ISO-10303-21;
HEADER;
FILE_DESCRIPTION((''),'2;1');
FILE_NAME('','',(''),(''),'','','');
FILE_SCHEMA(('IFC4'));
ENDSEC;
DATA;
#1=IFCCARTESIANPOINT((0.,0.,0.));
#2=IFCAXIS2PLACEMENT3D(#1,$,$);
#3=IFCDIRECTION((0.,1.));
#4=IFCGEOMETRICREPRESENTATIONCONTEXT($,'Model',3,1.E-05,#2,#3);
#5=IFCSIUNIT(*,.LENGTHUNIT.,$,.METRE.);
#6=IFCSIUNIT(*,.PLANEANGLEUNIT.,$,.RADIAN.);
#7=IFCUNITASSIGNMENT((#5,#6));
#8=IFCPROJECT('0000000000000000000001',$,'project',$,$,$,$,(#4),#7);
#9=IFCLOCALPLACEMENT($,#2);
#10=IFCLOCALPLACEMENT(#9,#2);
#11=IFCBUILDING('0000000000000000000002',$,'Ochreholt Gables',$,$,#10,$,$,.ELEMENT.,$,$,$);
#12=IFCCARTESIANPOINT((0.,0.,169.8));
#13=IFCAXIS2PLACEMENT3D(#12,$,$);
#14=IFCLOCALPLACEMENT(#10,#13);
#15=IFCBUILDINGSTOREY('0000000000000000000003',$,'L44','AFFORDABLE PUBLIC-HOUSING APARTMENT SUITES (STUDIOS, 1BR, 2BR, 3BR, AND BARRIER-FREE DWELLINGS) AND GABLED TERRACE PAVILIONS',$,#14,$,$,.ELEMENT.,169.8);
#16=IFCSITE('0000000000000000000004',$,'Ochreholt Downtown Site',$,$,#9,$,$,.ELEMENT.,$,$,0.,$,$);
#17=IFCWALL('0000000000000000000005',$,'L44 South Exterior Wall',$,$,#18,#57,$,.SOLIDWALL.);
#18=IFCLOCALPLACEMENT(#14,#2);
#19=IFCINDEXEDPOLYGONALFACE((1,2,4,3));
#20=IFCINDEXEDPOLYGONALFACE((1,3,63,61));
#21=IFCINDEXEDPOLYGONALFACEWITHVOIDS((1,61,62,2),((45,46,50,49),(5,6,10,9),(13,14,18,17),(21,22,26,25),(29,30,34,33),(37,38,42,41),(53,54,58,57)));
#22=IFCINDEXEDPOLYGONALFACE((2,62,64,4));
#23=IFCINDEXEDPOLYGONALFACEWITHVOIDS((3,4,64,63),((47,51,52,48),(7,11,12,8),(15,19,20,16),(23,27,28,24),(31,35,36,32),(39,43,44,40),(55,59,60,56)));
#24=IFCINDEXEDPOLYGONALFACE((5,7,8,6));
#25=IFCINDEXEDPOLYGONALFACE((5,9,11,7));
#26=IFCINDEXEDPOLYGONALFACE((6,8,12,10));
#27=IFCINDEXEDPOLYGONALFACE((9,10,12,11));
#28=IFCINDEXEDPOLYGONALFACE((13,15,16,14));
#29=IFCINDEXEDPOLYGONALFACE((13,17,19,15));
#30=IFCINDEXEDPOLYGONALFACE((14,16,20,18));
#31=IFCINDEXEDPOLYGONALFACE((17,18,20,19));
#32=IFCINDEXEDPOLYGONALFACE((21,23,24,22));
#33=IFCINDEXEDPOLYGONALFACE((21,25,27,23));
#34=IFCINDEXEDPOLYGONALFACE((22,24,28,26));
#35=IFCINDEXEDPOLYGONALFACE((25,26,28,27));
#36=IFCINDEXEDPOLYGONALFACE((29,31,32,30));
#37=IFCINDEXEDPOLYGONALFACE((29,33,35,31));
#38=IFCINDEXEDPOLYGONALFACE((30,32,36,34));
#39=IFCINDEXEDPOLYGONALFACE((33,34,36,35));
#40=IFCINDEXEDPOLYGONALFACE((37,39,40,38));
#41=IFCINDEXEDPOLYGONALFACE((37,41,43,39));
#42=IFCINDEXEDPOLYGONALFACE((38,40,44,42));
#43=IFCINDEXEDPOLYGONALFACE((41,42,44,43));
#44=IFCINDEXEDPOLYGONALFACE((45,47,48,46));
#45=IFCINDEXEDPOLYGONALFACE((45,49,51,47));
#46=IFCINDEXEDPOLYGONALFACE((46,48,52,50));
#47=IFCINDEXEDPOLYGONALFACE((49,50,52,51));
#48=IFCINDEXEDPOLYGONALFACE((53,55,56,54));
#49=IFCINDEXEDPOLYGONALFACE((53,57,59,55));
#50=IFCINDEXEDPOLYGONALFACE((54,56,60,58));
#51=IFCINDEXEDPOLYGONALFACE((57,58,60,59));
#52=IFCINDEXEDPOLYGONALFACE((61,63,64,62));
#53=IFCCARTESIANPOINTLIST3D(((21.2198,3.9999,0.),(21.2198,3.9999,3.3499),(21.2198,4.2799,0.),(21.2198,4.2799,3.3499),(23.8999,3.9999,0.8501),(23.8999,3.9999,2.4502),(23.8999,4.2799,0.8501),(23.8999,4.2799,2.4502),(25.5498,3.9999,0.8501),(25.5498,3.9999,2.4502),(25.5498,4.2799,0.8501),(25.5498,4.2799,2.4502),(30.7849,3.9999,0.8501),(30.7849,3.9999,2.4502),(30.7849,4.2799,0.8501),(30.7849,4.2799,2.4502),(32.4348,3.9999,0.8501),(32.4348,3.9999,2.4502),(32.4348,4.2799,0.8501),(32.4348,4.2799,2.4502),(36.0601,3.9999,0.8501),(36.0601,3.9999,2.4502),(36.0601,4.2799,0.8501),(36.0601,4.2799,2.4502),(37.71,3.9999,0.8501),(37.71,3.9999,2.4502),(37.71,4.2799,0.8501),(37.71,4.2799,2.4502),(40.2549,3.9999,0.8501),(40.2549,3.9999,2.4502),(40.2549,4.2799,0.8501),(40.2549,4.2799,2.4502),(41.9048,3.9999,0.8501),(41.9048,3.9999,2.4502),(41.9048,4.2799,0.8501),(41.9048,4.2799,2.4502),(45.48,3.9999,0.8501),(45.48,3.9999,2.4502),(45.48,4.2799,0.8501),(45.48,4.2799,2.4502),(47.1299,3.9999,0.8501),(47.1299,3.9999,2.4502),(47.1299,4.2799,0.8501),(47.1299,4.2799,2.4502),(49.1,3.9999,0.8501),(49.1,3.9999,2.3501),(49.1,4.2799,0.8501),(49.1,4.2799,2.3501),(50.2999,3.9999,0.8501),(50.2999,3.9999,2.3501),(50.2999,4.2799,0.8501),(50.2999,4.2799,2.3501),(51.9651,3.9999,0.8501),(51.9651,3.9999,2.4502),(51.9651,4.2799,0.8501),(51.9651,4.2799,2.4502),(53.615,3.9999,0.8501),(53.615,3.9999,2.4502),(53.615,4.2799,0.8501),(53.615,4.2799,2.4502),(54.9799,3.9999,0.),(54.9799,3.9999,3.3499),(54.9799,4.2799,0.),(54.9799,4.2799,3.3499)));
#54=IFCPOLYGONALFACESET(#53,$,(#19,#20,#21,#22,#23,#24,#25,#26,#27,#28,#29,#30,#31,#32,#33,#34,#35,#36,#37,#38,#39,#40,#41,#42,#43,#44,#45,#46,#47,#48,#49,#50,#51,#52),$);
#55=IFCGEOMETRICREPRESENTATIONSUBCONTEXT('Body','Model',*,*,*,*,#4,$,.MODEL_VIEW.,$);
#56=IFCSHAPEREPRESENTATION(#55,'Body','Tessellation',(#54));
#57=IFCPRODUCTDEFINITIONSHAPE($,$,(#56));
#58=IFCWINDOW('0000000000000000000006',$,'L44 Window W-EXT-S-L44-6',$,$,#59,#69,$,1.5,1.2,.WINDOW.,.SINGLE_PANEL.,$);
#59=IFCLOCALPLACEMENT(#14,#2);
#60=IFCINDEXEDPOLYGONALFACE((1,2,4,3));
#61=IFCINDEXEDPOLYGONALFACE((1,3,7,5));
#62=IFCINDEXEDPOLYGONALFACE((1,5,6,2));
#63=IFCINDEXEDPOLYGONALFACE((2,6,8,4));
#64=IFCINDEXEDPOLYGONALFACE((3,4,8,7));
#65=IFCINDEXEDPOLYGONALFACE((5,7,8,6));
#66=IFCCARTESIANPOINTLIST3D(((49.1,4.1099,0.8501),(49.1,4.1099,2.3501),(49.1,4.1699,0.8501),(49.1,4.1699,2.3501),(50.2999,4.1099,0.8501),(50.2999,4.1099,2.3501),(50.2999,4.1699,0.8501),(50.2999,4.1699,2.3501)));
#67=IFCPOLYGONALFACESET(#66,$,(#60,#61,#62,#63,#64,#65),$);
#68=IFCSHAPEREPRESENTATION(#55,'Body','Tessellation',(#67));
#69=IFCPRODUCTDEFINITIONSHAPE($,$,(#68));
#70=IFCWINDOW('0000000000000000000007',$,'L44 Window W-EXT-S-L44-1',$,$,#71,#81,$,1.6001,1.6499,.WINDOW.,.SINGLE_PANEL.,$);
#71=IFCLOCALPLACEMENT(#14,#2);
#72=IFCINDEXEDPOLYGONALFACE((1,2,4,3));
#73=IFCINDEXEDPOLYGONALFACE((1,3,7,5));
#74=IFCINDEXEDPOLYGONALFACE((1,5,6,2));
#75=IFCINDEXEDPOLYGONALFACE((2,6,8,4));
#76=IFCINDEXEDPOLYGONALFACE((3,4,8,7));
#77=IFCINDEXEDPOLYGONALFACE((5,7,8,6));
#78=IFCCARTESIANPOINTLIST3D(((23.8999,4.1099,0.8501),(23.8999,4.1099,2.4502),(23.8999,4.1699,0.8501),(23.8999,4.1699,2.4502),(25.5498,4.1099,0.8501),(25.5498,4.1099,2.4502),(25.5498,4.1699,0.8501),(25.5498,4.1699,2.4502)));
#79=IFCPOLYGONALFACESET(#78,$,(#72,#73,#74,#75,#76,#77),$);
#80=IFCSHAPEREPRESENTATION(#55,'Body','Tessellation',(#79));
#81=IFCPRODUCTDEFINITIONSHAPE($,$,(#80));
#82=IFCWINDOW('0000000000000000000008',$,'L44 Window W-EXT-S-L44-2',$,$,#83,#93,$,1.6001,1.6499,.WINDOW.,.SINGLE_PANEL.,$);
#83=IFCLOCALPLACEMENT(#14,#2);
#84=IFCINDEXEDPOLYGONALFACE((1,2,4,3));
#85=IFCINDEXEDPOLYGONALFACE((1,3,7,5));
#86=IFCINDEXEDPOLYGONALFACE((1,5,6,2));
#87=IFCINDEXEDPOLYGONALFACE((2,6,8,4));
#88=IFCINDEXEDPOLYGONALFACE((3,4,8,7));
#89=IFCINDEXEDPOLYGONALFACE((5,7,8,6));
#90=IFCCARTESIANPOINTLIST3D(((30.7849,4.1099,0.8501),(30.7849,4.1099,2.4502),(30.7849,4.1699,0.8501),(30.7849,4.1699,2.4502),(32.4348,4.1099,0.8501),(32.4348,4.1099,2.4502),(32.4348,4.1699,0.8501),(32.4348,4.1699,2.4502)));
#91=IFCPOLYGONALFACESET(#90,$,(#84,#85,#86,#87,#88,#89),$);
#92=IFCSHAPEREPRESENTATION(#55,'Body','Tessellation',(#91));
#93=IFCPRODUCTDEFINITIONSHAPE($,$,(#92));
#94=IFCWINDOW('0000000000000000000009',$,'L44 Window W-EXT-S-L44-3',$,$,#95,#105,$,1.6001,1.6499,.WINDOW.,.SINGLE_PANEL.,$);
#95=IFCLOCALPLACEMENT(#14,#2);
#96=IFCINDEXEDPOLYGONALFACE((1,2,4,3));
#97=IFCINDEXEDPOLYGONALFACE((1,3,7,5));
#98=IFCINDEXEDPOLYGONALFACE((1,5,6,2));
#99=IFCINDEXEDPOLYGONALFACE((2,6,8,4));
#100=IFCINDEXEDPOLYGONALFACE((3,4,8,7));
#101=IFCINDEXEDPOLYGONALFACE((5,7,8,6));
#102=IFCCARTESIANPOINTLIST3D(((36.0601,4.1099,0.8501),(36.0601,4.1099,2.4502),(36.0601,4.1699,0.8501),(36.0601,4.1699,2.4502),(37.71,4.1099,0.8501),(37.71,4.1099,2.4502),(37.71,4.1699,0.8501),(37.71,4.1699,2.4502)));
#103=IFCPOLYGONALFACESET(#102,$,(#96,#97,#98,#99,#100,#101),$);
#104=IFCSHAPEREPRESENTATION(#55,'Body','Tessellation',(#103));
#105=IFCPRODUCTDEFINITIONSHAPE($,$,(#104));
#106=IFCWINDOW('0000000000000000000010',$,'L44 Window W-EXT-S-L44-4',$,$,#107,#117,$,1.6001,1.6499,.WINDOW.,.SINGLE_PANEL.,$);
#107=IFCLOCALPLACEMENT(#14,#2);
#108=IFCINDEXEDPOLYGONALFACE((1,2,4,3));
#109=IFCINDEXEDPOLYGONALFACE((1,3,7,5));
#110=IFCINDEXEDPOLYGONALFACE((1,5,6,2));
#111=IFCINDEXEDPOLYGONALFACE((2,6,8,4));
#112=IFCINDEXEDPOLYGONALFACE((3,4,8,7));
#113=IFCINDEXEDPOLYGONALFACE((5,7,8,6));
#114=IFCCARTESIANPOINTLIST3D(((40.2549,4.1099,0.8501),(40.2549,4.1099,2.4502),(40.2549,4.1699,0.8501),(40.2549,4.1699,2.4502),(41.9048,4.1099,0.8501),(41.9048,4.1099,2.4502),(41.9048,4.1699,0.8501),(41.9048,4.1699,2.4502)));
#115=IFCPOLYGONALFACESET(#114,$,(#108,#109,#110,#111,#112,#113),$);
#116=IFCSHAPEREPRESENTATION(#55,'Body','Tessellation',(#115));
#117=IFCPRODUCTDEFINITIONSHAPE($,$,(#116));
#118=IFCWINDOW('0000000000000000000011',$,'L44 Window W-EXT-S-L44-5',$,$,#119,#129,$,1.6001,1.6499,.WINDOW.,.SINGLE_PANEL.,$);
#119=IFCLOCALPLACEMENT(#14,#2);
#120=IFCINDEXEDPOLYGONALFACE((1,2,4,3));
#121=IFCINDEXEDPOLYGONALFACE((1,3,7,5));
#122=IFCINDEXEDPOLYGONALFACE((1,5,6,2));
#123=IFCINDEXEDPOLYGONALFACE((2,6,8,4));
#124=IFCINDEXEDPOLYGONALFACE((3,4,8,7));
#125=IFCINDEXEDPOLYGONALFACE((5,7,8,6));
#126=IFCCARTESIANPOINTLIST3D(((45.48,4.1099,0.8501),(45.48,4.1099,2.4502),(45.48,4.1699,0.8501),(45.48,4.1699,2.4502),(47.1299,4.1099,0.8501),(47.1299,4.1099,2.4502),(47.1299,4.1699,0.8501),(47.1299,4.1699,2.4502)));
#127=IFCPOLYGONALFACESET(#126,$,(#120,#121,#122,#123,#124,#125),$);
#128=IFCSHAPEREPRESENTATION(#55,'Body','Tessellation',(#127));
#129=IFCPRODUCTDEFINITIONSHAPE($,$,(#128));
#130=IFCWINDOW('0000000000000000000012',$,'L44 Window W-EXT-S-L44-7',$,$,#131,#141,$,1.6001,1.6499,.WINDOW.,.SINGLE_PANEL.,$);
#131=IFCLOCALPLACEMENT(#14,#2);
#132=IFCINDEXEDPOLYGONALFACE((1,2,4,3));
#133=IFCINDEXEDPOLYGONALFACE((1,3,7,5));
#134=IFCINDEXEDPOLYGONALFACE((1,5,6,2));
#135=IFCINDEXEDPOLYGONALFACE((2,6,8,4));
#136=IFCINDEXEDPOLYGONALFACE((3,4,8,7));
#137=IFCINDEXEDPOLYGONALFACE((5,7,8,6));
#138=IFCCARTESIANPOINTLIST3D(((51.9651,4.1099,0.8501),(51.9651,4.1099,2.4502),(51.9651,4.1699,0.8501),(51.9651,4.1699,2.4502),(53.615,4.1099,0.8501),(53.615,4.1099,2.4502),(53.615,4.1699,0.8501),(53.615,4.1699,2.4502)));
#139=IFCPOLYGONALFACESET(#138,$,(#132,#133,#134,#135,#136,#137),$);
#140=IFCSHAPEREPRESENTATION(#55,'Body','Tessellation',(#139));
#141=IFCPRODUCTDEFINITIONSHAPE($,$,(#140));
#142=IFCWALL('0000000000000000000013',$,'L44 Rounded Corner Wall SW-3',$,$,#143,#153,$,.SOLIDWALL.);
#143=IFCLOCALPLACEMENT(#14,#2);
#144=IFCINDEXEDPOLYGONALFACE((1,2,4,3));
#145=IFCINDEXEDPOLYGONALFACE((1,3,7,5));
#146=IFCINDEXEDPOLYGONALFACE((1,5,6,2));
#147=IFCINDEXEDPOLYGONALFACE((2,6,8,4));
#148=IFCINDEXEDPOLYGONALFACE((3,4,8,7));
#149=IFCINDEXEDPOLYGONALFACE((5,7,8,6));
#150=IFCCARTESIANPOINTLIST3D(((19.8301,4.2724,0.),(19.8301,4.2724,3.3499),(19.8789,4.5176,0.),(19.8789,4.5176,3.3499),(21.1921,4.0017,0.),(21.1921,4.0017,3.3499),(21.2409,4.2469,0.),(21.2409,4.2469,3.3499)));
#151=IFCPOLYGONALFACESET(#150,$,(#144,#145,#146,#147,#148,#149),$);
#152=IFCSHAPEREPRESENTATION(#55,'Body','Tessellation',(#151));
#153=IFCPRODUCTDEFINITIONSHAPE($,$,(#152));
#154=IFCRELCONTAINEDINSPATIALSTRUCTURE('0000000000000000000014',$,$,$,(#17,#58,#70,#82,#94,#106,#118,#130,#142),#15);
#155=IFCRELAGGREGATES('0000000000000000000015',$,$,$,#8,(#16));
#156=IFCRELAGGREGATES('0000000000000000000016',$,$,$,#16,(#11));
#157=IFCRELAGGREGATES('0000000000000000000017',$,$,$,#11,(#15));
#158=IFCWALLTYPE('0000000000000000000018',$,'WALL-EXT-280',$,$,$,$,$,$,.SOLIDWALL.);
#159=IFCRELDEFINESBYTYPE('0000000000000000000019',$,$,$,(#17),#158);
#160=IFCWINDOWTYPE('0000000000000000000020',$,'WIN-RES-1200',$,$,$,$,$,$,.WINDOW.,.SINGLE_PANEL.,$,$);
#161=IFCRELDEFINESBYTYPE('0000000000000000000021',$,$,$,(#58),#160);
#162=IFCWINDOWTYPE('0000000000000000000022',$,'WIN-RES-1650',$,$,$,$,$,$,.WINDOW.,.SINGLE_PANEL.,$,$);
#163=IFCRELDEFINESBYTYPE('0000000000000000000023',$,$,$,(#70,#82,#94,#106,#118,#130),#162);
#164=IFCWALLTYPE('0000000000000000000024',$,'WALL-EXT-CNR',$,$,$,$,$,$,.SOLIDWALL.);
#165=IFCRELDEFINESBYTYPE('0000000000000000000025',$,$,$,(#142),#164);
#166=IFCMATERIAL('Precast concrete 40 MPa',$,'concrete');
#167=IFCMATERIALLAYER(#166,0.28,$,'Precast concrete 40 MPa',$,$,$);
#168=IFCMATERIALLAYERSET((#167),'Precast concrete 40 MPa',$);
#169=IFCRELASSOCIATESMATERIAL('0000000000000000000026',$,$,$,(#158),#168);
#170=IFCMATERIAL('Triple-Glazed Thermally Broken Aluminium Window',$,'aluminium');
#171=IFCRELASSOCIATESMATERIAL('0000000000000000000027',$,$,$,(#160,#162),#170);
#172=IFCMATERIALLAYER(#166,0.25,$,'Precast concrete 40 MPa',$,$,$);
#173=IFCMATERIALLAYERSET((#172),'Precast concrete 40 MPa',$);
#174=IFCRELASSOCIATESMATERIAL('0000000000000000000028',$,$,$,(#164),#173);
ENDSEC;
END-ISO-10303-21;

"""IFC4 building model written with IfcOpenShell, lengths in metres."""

from ifc_helpers import new_model, si_unit, direction, frame, frame_2d, origin, place, context, subcontext, project, spatial, rectangle, extrude, material, layer, layer_set, type_object, element, fill, save


model = new_model("IFC4")

# Units and contexts
model_context = context("Model", 3, precision=1e-05, world=origin(), true_north=direction((0.0, 1.0)))
body_context = subcontext(model_context, "Body", "Model", "MODEL_VIEW")
ifc_project = project(units=[si_unit("LENGTHUNIT", "METRE"), si_unit("PLANEANGLEUNIT", "RADIAN")], contexts=[model_context])

# Site, building, storey
site_placement = place(None, origin())
site = spatial("IfcSite", under=ifc_project, at=site_placement, Name="Ochreholt Downtown Site", CompositionType="ELEMENT", RefElevation=0.0)
building_placement = place(site_placement, origin())
building = spatial("IfcBuilding", under=site, at=building_placement, Name="Ochreholt Gables", CompositionType="ELEMENT")
storey_placement = place(building_placement, frame((0.0, 0.0, 169.8)))
storey = spatial("IfcBuildingStorey", under=building, at=storey_placement, Name="L44", Description="AFFORDABLE PUBLIC-HOUSING APARTMENT SUITES (STUDIOS, 1BR, 2BR, 3BR, AND BARRIER-FREE DWELLINGS) AND GABLED TERRACE PAVILIONS", CompositionType="ELEMENT", Elevation=169.8)

# Wall, openings, windows
ifc_material_1 = material(Name="Precast concrete 40 MPa", Category="concrete")
ifc_layer_1 = layer(ifc_material_1, 0.28, Name="Precast concrete 40 MPa")
ifc_layer_set_1 = layer_set([ifc_layer_1], Name="Precast concrete 40 MPa")
wall_type_1 = type_object("IfcWallType", Name="WALL-EXT-280", PredefinedType="SOLIDWALL", material=ifc_layer_set_1)
wall_1_placement = place(storey_placement, frame((21.22, 4.1399, 0.0), z_axis=(0.0, 0.0, 1.0), x_axis=(1.0, 0.0, 0.0)))
wall_1 = element("IfcWall", 1, at=wall_1_placement, inside=storey, type_object=wall_type_1, Name="L44 South Exterior Wall", PredefinedType="SOLIDWALL", context=body_context, shape_type="SweptSolid", body=[
    extrude(rectangle(XDim=33.76, YDim=0.28, at=frame_2d((16.8799, 0.0))), origin(), (0.0, 0.0, 1.0), 3.3499),
])
opening_1_placement = place(wall_1_placement, frame((2.6799, 0.0, 0.8501)))
opening_1 = element("IfcOpeningElement", 2, at=opening_1_placement, cuts=wall_1, PredefinedType="OPENING", context=body_context, shape_type="SweptSolid", body=[
    extrude(rectangle(XDim=1.6499, YDim=1.6001, at=frame_2d((0.825, 0.8))), frame((0.0, 0.1499, 0.0), z_axis=(0.0, -1.0, 0.0), x_axis=(1.0, 0.0, 0.0)), (0.0, 0.0, 1.0), 0.3),
])
opening_2_placement = place(wall_1_placement, frame((9.5649, 0.0, 0.8501)))
opening_2 = element("IfcOpeningElement", 3, at=opening_2_placement, cuts=wall_1, PredefinedType="OPENING", context=body_context, shape_type="SweptSolid", body=[
    extrude(rectangle(XDim=1.6499, YDim=1.6001, at=frame_2d((0.825, 0.8))), frame((0.0, 0.1499, 0.0), z_axis=(0.0, -1.0, 0.0), x_axis=(1.0, 0.0, 0.0)), (0.0, 0.0, 1.0), 0.3),
])
opening_3_placement = place(wall_1_placement, frame((14.8401, 0.0, 0.8501)))
opening_3 = element("IfcOpeningElement", 4, at=opening_3_placement, cuts=wall_1, PredefinedType="OPENING", context=body_context, shape_type="SweptSolid", body=[
    extrude(rectangle(XDim=1.6499, YDim=1.6001, at=frame_2d((0.825, 0.8))), frame((0.0, 0.1499, 0.0), z_axis=(0.0, -1.0, 0.0), x_axis=(1.0, 0.0, 0.0)), (0.0, 0.0, 1.0), 0.3),
])
opening_4_placement = place(wall_1_placement, frame((19.0349, 0.0, 0.8501)))
opening_4 = element("IfcOpeningElement", 5, at=opening_4_placement, cuts=wall_1, PredefinedType="OPENING", context=body_context, shape_type="SweptSolid", body=[
    extrude(rectangle(XDim=1.6499, YDim=1.6001, at=frame_2d((0.825, 0.8))), frame((0.0, 0.1499, 0.0), z_axis=(0.0, -1.0, 0.0), x_axis=(1.0, 0.0, 0.0)), (0.0, 0.0, 1.0), 0.3),
])
opening_5_placement = place(wall_1_placement, frame((24.26, 0.0, 0.8501)))
opening_5 = element("IfcOpeningElement", 6, at=opening_5_placement, cuts=wall_1, PredefinedType="OPENING", context=body_context, shape_type="SweptSolid", body=[
    extrude(rectangle(XDim=1.6499, YDim=1.6001, at=frame_2d((0.825, 0.8))), frame((0.0, 0.1499, 0.0), z_axis=(0.0, -1.0, 0.0), x_axis=(1.0, 0.0, 0.0)), (0.0, 0.0, 1.0), 0.3),
])
opening_6_placement = place(wall_1_placement, frame((27.8799, 0.0, 0.8501)))
opening_6 = element("IfcOpeningElement", 7, at=opening_6_placement, cuts=wall_1, PredefinedType="OPENING", context=body_context, shape_type="SweptSolid", body=[
    extrude(rectangle(XDim=1.2, YDim=1.5, at=frame_2d((0.6001, 0.75))), frame((0.0, 0.1499, 0.0), z_axis=(0.0, -1.0, 0.0), x_axis=(1.0, 0.0, 0.0)), (0.0, 0.0, 1.0), 0.3),
])
opening_7_placement = place(wall_1_placement, frame((30.7451, 0.0, 0.8501)))
opening_7 = element("IfcOpeningElement", 8, at=opening_7_placement, cuts=wall_1, PredefinedType="OPENING", context=body_context, shape_type="SweptSolid", body=[
    extrude(rectangle(XDim=1.6499, YDim=1.6001, at=frame_2d((0.825, 0.8))), frame((0.0, 0.1499, 0.0), z_axis=(0.0, -1.0, 0.0), x_axis=(1.0, 0.0, 0.0)), (0.0, 0.0, 1.0), 0.3),
])
ifc_material_2 = material(Name="Triple-Glazed Thermally Broken Aluminium Window", Category="aluminium")
window_type_1 = type_object("IfcWindowType", Name="WIN-RES-1200", PartitioningType="SINGLE_PANEL", PredefinedType="WINDOW", material=ifc_material_2)
window_1_placement = place(opening_6_placement, origin())
window_1 = element("IfcWindow", 9, at=window_1_placement, inside=storey, type_object=window_type_1, Name="L44 Window W-EXT-S-L44-6", OverallHeight=1.5, OverallWidth=1.2, PartitioningType="SINGLE_PANEL", PredefinedType="WINDOW", context=body_context, shape_type="SweptSolid", body=[
    extrude(rectangle(XDim=1.2, YDim=1.5, at=frame_2d((0.6001, 0.75))), frame((0.0, 0.03, 0.0), z_axis=(0.0, -1.0, 0.0), x_axis=(1.0, 0.0, 0.0)), (0.0, 0.0, 1.0), 0.0601),
])
fill(opening_6, window_1)
window_type_2 = type_object("IfcWindowType", Name="WIN-RES-1650", PartitioningType="SINGLE_PANEL", PredefinedType="WINDOW", material=ifc_material_2)
window_2_placement = place(opening_1_placement, origin())
window_2 = element("IfcWindow", 10, at=window_2_placement, inside=storey, type_object=window_type_2, Name="L44 Window W-EXT-S-L44-1", OverallHeight=1.6001, OverallWidth=1.6499, PartitioningType="SINGLE_PANEL", PredefinedType="WINDOW", context=body_context, shape_type="SweptSolid", body=[
    extrude(rectangle(XDim=1.6499, YDim=1.6001, at=frame_2d((0.825, 0.8))), frame((0.0, 0.03, 0.0), z_axis=(0.0, -1.0, 0.0), x_axis=(1.0, 0.0, 0.0)), (0.0, 0.0, 1.0), 0.0601),
])
fill(opening_1, window_2)
window_3_placement = place(opening_2_placement, origin())
window_3 = element("IfcWindow", 11, at=window_3_placement, inside=storey, type_object=window_type_2, Name="L44 Window W-EXT-S-L44-2", OverallHeight=1.6001, OverallWidth=1.6499, PartitioningType="SINGLE_PANEL", PredefinedType="WINDOW", context=body_context, shape_type="SweptSolid", body=[
    extrude(rectangle(XDim=1.6499, YDim=1.6001, at=frame_2d((0.825, 0.8))), frame((0.0, 0.03, 0.0), z_axis=(0.0, -1.0, 0.0), x_axis=(1.0, 0.0, 0.0)), (0.0, 0.0, 1.0), 0.0601),
])
fill(opening_2, window_3)
window_4_placement = place(opening_3_placement, origin())
window_4 = element("IfcWindow", 12, at=window_4_placement, inside=storey, type_object=window_type_2, Name="L44 Window W-EXT-S-L44-3", OverallHeight=1.6001, OverallWidth=1.6499, PartitioningType="SINGLE_PANEL", PredefinedType="WINDOW", context=body_context, shape_type="SweptSolid", body=[
    extrude(rectangle(XDim=1.6499, YDim=1.6001, at=frame_2d((0.825, 0.8))), frame((0.0, 0.03, 0.0), z_axis=(0.0, -1.0, 0.0), x_axis=(1.0, 0.0, 0.0)), (0.0, 0.0, 1.0), 0.0601),
])
fill(opening_3, window_4)
window_5_placement = place(opening_4_placement, origin())
window_5 = element("IfcWindow", 13, at=window_5_placement, inside=storey, type_object=window_type_2, Name="L44 Window W-EXT-S-L44-4", OverallHeight=1.6001, OverallWidth=1.6499, PartitioningType="SINGLE_PANEL", PredefinedType="WINDOW", context=body_context, shape_type="SweptSolid", body=[
    extrude(rectangle(XDim=1.6499, YDim=1.6001, at=frame_2d((0.825, 0.8))), frame((0.0, 0.03, 0.0), z_axis=(0.0, -1.0, 0.0), x_axis=(1.0, 0.0, 0.0)), (0.0, 0.0, 1.0), 0.0601),
])
fill(opening_4, window_5)
window_6_placement = place(opening_5_placement, origin())
window_6 = element("IfcWindow", 14, at=window_6_placement, inside=storey, type_object=window_type_2, Name="L44 Window W-EXT-S-L44-5", OverallHeight=1.6001, OverallWidth=1.6499, PartitioningType="SINGLE_PANEL", PredefinedType="WINDOW", context=body_context, shape_type="SweptSolid", body=[
    extrude(rectangle(XDim=1.6499, YDim=1.6001, at=frame_2d((0.825, 0.8))), frame((0.0, 0.03, 0.0), z_axis=(0.0, -1.0, 0.0), x_axis=(1.0, 0.0, 0.0)), (0.0, 0.0, 1.0), 0.0601),
])
fill(opening_5, window_6)
window_7_placement = place(opening_7_placement, origin())
window_7 = element("IfcWindow", 15, at=window_7_placement, inside=storey, type_object=window_type_2, Name="L44 Window W-EXT-S-L44-7", OverallHeight=1.6001, OverallWidth=1.6499, PartitioningType="SINGLE_PANEL", PredefinedType="WINDOW", context=body_context, shape_type="SweptSolid", body=[
    extrude(rectangle(XDim=1.6499, YDim=1.6001, at=frame_2d((0.825, 0.8))), frame((0.0, 0.03, 0.0), z_axis=(0.0, -1.0, 0.0), x_axis=(1.0, 0.0, 0.0)), (0.0, 0.0, 1.0), 0.0601),
])
fill(opening_7, window_7)

# Wall
ifc_layer_2 = layer(ifc_material_1, 0.25, Name="Precast concrete 40 MPa")
ifc_layer_set_2 = layer_set([ifc_layer_2], Name="Precast concrete 40 MPa")
wall_type_2 = type_object("IfcWallType", Name="WALL-EXT-CNR", PredefinedType="SOLIDWALL", material=ifc_layer_set_2)
wall_2_placement = place(storey_placement, frame((19.8545, 4.395, 0.0), z_axis=(0.0, 0.0, 1.0), x_axis=(0.98081, -0.194967, 0.0)))
element("IfcWall", 16, at=wall_2_placement, inside=storey, type_object=wall_type_2, Name="L44 Rounded Corner Wall SW-3", PredefinedType="SOLIDWALL", context=body_context, shape_type="SweptSolid", body=[
    extrude(rectangle(XDim=1.3887, YDim=0.25, at=frame_2d((0.6943, 0.0))), origin(), (0.0, 0.0, 1.0), 3.3499),
])

save(model, "model.ifc")
